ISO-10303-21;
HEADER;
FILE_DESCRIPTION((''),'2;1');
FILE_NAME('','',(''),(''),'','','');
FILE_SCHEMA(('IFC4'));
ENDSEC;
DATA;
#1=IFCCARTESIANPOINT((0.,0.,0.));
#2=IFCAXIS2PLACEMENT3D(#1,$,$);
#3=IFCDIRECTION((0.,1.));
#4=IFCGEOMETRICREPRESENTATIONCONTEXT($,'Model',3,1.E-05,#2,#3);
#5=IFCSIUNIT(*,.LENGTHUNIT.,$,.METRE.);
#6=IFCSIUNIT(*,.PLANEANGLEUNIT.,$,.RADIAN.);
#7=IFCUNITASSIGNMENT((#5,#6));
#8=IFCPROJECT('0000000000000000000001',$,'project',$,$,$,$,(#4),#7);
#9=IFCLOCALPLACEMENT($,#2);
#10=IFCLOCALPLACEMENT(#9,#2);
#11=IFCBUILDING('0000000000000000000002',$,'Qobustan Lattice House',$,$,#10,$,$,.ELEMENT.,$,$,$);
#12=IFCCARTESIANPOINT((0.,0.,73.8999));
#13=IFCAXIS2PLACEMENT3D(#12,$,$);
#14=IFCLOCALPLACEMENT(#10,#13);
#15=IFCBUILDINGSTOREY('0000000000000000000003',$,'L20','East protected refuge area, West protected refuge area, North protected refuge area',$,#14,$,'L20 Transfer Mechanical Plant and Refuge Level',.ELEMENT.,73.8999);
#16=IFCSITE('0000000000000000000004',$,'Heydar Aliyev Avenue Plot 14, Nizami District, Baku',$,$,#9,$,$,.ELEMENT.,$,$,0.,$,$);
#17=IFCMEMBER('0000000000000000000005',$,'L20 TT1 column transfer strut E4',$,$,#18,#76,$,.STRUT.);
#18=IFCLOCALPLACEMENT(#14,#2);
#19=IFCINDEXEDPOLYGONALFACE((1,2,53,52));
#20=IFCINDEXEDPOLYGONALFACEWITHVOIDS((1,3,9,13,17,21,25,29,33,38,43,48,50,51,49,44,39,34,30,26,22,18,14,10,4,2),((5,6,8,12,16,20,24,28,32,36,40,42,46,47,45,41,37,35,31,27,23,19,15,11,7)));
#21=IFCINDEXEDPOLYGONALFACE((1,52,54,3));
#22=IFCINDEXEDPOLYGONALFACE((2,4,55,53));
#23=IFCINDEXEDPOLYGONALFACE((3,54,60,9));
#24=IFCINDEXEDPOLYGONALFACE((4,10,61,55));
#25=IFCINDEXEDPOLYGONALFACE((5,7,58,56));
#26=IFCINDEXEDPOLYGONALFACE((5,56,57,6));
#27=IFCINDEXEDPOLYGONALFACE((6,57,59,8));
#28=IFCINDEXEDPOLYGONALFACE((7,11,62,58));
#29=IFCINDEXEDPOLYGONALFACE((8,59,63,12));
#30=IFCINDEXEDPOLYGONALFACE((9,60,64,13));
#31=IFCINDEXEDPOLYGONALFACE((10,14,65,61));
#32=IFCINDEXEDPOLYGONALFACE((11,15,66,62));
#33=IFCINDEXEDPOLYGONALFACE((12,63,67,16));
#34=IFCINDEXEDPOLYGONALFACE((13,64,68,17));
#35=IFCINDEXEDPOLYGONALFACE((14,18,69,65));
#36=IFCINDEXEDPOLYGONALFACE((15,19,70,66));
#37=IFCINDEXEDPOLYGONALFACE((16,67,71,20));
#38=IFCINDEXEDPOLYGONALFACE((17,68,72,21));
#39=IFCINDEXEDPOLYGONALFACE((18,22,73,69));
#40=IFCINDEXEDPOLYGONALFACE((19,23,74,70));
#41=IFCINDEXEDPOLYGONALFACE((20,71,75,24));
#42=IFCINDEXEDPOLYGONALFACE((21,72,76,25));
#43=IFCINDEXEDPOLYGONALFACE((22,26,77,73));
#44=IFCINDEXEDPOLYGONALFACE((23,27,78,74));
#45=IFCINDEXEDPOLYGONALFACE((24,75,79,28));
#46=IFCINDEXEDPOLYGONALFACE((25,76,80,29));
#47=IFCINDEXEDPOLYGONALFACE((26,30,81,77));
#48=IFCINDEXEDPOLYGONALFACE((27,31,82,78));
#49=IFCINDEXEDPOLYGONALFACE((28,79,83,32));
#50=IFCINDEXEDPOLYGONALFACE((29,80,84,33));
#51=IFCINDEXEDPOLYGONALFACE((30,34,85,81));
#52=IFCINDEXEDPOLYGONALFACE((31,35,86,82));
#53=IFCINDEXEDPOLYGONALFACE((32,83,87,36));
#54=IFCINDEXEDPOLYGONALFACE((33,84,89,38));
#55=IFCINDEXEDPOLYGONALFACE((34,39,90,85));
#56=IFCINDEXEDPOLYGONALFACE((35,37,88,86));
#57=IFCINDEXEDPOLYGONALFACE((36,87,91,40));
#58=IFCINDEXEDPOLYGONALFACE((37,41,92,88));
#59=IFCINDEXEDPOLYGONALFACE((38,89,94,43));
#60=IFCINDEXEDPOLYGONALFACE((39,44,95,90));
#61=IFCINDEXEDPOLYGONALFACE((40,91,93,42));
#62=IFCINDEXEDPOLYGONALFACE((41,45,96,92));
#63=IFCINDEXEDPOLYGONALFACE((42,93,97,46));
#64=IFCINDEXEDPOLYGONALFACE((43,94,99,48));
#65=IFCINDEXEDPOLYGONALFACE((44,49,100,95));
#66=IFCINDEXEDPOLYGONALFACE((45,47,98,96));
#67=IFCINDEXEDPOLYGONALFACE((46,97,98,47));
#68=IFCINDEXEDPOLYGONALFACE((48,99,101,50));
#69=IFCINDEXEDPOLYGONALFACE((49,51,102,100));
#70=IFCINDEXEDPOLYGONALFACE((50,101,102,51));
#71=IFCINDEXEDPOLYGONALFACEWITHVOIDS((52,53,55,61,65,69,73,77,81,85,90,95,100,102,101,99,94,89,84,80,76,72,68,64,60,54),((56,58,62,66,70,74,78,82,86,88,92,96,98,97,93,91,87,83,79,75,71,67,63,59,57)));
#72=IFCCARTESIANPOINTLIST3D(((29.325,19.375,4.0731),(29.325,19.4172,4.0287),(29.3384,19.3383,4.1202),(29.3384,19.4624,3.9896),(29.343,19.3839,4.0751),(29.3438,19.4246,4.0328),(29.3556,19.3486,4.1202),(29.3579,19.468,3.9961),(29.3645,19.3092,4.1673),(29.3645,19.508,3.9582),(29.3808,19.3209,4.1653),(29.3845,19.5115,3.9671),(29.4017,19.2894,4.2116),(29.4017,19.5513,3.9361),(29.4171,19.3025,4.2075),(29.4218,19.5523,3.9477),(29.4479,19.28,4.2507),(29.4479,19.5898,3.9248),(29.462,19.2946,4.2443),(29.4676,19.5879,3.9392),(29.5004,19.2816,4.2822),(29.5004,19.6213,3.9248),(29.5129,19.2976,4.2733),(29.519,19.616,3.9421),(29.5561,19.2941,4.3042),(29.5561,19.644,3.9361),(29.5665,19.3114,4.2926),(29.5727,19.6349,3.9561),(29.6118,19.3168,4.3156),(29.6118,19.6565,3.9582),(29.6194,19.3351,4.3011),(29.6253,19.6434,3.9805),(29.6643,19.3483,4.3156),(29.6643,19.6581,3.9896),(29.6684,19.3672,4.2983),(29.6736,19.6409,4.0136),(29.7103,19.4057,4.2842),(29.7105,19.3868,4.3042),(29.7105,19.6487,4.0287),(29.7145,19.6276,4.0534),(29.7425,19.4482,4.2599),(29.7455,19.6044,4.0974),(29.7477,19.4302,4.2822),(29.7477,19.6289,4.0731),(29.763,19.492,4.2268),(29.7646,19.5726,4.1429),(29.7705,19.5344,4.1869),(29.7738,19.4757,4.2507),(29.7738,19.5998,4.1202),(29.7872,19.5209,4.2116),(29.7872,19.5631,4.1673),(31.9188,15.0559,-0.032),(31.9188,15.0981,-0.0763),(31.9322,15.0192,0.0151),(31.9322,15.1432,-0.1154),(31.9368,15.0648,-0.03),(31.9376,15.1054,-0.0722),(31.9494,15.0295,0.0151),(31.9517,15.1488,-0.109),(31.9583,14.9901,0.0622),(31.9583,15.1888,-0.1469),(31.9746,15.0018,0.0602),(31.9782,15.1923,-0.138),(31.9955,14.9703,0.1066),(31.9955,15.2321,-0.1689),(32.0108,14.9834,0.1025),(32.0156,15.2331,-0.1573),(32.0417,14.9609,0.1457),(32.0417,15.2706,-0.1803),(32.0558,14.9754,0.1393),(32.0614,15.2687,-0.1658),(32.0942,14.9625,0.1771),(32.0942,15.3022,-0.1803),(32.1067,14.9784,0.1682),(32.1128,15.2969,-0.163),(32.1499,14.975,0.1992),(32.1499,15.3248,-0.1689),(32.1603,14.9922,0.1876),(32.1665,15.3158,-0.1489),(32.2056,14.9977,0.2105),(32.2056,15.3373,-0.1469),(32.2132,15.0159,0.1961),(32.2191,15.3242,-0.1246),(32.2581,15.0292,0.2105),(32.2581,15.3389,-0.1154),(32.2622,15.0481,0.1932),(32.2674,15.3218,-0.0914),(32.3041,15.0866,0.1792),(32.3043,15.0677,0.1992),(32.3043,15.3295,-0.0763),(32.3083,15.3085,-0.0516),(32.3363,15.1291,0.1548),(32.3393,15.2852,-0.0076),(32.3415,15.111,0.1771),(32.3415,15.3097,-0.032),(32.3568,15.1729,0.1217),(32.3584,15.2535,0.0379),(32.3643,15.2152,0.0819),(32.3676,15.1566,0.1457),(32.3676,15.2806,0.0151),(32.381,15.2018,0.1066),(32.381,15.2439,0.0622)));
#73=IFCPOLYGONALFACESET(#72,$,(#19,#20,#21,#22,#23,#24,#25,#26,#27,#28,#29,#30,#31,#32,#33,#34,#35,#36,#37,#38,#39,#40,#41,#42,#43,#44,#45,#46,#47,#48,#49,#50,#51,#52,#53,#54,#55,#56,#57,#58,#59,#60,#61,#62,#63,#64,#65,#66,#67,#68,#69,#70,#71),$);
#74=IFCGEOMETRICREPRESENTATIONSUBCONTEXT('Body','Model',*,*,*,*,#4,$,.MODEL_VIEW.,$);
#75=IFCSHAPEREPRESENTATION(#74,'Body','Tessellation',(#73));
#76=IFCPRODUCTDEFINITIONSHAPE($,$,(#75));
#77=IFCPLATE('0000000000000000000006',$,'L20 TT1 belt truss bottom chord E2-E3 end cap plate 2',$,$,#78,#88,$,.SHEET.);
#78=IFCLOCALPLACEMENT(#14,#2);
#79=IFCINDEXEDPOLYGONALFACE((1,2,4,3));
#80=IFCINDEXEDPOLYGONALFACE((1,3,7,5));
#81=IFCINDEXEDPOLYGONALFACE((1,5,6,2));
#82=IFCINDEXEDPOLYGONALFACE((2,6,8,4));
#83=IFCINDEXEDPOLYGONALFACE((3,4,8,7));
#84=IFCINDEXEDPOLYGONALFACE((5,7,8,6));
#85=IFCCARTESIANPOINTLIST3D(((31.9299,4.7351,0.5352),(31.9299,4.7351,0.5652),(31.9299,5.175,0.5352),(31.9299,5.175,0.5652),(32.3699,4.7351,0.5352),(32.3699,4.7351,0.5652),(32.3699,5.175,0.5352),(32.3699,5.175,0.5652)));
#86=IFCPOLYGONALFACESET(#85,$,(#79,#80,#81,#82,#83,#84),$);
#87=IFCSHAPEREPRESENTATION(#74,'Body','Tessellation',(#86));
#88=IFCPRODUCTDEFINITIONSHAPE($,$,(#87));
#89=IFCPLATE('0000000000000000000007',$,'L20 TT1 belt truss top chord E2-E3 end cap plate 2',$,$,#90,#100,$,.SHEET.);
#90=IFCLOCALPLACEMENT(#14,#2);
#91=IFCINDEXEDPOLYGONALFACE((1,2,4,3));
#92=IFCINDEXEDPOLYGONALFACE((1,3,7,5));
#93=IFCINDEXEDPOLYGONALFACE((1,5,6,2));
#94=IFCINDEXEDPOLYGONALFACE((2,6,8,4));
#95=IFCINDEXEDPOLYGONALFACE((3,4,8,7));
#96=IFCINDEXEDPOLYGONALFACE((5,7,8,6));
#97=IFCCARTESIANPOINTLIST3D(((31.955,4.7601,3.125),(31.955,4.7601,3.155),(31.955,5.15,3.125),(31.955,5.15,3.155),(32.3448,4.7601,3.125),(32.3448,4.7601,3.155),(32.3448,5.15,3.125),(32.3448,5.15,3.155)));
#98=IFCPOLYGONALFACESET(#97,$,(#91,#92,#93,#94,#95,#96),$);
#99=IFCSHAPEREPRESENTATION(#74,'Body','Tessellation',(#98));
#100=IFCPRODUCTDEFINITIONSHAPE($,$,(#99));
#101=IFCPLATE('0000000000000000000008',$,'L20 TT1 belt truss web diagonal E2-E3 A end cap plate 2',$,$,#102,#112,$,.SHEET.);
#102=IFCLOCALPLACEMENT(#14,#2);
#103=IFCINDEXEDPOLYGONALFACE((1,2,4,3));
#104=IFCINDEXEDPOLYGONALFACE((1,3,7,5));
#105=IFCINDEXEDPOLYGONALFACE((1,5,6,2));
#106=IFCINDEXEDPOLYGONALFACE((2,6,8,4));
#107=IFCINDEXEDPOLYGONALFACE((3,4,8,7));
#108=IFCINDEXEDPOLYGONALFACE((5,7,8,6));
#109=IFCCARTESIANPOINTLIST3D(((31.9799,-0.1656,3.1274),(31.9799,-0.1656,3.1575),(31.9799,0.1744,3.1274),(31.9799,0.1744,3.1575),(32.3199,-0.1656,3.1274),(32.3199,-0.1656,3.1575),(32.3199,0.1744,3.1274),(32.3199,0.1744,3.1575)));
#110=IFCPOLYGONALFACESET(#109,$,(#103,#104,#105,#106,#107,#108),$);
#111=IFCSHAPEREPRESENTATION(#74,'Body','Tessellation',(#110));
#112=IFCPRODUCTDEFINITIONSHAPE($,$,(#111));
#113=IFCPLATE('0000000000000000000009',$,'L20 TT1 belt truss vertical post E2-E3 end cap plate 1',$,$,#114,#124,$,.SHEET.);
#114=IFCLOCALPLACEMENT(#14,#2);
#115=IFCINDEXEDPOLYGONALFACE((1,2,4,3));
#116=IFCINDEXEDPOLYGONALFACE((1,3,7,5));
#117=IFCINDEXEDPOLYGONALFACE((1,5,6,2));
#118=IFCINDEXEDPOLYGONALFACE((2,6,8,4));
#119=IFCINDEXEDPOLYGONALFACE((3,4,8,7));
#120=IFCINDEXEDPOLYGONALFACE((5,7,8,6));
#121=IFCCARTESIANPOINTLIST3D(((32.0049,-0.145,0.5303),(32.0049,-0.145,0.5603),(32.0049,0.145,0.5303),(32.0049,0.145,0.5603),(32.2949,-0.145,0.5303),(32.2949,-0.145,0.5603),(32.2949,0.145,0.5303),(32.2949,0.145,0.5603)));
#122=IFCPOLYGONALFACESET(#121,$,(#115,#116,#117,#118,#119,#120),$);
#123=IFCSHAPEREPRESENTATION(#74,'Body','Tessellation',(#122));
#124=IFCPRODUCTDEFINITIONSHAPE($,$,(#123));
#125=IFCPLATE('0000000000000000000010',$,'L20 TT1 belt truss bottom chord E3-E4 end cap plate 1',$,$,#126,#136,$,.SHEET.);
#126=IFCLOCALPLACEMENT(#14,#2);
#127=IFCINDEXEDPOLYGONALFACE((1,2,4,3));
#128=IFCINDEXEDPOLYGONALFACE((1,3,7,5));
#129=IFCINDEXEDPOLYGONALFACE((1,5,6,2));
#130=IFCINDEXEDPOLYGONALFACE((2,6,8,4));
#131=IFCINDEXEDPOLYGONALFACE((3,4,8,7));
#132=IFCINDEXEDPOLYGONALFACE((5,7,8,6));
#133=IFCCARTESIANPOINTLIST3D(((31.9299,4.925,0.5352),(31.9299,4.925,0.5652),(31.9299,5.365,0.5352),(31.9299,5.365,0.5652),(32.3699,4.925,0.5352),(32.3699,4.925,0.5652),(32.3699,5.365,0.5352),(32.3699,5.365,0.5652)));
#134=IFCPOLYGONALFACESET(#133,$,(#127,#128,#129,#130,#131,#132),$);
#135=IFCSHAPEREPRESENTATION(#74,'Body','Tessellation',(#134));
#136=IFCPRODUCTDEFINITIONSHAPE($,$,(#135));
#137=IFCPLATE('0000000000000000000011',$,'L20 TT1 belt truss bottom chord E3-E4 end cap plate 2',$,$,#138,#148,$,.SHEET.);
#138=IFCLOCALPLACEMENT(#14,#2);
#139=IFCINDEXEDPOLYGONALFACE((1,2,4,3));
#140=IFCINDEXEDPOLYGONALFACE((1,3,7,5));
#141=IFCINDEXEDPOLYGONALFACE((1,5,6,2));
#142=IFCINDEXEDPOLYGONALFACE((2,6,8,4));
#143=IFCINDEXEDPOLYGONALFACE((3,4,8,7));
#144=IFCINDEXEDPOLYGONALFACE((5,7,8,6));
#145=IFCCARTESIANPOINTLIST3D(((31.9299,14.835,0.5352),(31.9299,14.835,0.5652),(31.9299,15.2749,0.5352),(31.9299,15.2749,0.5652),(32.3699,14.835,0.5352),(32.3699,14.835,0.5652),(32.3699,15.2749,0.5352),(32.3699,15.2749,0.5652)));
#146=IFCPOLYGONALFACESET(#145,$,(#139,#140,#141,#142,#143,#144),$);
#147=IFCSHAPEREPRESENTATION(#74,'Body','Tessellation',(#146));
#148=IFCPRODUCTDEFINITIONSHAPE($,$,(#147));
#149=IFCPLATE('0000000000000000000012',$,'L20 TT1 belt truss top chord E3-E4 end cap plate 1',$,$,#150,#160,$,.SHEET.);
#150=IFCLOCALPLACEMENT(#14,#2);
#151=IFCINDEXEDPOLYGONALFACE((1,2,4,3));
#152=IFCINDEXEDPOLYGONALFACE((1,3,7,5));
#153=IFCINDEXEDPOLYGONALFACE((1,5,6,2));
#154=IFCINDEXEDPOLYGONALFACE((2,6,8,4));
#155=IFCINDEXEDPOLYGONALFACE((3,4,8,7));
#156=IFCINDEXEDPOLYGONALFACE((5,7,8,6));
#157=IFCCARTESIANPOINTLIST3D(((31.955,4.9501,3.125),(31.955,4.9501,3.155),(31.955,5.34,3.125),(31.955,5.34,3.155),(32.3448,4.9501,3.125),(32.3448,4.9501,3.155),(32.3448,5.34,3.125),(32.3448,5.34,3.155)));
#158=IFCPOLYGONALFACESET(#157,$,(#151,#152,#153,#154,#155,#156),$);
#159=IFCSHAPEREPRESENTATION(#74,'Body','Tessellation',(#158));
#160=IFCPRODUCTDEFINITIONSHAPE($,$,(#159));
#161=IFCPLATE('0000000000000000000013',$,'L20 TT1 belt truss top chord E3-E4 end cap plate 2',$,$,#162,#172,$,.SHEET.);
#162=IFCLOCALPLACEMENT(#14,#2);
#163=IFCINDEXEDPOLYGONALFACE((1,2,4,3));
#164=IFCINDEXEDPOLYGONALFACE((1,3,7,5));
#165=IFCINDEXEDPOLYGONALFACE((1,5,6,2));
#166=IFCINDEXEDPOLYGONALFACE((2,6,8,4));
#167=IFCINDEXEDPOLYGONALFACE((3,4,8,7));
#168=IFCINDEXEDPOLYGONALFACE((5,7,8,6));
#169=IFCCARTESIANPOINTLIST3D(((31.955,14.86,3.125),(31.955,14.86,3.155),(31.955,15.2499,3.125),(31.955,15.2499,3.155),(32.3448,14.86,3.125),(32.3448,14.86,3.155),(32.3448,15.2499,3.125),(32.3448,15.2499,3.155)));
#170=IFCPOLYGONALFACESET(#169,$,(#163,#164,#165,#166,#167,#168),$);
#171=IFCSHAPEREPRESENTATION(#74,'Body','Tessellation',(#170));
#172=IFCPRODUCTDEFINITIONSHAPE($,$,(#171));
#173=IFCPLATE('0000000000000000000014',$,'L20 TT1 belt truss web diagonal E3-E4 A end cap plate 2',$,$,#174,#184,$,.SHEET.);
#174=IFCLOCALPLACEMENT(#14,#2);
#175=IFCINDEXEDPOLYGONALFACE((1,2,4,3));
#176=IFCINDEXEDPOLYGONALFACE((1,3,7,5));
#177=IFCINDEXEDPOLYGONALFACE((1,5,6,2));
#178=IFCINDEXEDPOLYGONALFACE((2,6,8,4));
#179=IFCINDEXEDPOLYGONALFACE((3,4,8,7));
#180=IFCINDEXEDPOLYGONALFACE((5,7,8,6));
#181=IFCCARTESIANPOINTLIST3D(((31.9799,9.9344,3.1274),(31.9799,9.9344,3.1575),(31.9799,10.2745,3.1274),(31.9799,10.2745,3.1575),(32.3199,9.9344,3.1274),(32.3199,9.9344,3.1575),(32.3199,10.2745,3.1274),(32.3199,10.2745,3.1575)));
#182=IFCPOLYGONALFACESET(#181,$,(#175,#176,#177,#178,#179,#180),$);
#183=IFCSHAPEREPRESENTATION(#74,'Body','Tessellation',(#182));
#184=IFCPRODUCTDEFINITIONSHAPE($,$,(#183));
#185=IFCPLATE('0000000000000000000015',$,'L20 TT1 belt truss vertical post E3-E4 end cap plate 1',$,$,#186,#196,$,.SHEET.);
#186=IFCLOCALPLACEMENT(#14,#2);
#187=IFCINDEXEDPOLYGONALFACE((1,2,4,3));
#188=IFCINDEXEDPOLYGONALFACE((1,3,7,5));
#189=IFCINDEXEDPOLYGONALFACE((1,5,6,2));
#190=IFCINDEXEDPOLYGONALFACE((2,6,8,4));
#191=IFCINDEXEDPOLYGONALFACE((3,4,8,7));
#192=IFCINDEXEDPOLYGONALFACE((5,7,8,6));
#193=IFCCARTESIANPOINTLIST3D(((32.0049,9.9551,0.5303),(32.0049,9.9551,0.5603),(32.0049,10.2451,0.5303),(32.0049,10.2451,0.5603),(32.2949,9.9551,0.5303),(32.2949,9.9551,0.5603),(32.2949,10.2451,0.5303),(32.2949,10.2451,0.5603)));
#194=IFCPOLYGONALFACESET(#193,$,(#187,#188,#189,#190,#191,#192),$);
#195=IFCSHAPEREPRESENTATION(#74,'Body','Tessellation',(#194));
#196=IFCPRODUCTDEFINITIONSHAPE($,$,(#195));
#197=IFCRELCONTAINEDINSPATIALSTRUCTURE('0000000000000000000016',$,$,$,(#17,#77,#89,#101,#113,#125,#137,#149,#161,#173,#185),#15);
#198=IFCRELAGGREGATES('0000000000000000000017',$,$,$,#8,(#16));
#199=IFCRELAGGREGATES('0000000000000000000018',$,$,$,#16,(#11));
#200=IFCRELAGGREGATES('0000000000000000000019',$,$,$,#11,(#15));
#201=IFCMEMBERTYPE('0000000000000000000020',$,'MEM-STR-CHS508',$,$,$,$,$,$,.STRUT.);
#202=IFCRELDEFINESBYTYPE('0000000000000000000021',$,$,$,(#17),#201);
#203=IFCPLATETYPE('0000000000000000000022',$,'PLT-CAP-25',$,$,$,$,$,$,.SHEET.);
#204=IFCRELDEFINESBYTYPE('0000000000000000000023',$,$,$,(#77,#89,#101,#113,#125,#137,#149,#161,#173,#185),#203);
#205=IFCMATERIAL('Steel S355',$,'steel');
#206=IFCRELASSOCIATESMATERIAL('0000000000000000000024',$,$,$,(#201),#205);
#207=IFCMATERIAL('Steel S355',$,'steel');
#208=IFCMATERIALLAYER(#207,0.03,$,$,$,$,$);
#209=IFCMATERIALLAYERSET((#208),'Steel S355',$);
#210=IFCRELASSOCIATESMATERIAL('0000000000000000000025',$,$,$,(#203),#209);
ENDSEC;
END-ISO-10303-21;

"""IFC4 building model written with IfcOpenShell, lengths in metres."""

from ifc_helpers import new_model, si_unit, direction, frame, origin, origin_2d, place, context, subcontext, project, spatial, rectangle, hollow_circle, extrude, material, layer, layer_set, material_profile, profile_set, type_object, element, save


model = new_model("IFC4")

# Units and contexts
model_context = context("Model", 3, precision=1e-05, world=origin(), true_north=direction((0.0, 1.0)))
body_context = subcontext(model_context, "Body", "Model", "MODEL_VIEW")
ifc_project = project(units=[si_unit("LENGTHUNIT", "METRE"), si_unit("PLANEANGLEUNIT", "RADIAN")], contexts=[model_context])

# Site, building, storey
site_placement = place(None, origin())
site = spatial("IfcSite", under=ifc_project, at=site_placement, Name="Heydar Aliyev Avenue Plot 14, Nizami District, Baku", CompositionType="ELEMENT", RefElevation=0.0)
building_placement = place(site_placement, origin())
building = spatial("IfcBuilding", under=site, at=building_placement, Name="Qobustan Lattice House", CompositionType="ELEMENT")
storey_placement = place(building_placement, frame((0.0, 0.0, 73.8999)))
storey = spatial("IfcBuildingStorey", under=building, at=storey_placement, Name="L20", Description="East protected refuge area, West protected refuge area, North protected refuge area", LongName="L20 Transfer Mechanical Plant and Refuge Level", CompositionType="ELEMENT", Elevation=73.8999)

# Member
ifc_material_1 = material(Name="Steel S355", Category="steel")
ifc_material_profile_1 = material_profile(ifc_material_1, hollow_circle(Radius=0.2539, WallThickness=0.02, at=origin_2d()), Name="CHS508x20")
ifc_profile_set_1 = profile_set([ifc_material_profile_1], Name="Steel S355")
member_type_1 = type_object("IfcMemberType", Name="MEM-STR-CHS508", PredefinedType="STRUT", material=ifc_profile_set_1)
member_1_placement = place(storey_placement, frame((32.1499, 15.1499, 0.0151), z_axis=(-0.399119, 0.66461, 0.631663), x_axis=(-0.857292, -0.514831, 0.0)))
element("IfcMember", 1, at=member_1_placement, inside=storey, type_object=member_type_1, Name="L20 TT1 column transfer strut E4", PredefinedType="STRUT", context=body_context, shape_type="SweptSolid", body=[
    extrude(hollow_circle(Radius=0.2539, WallThickness=0.02, at=origin_2d()), origin(), (0.0, 0.0, 1.0), 6.4988),
])

# Plates
ifc_material_2 = material(Name="Steel S355", Category="steel")
ifc_layer_1 = layer(ifc_material_2, 0.03)
ifc_layer_set_1 = layer_set([ifc_layer_1], Name="Steel S355")
plate_type = type_object("IfcPlateType", Name="PLT-CAP-25", PredefinedType="SHEET", material=ifc_layer_set_1)
plate_1_placement = place(storey_placement, frame((32.1499, 4.9551, 0.5352), z_axis=(0.0, 0.0, 1.0), x_axis=(0.0, 1.0, 0.0)))
element("IfcPlate", 2, at=plate_1_placement, inside=storey, type_object=plate_type, Name="L20 TT1 belt truss bottom chord E2-E3 end cap plate 2", PredefinedType="SHEET", context=body_context, shape_type="SweptSolid", body=[
    extrude(rectangle(XDim=0.4399, YDim=0.4399, at=origin_2d()), origin(), (0.0, 0.0, 1.0), 0.03),
])
plate_2_placement = place(storey_placement, frame((32.1499, 4.9551, 3.125), z_axis=(0.0, 0.0, 1.0), x_axis=(0.0, 1.0, 0.0)))
element("IfcPlate", 3, at=plate_2_placement, inside=storey, type_object=plate_type, Name="L20 TT1 belt truss top chord E2-E3 end cap plate 2", PredefinedType="SHEET", context=body_context, shape_type="SweptSolid", body=[
    extrude(rectangle(XDim=0.3899, YDim=0.3899, at=origin_2d()), origin(), (0.0, 0.0, 1.0), 0.03),
])
plate_3_placement = place(storey_placement, frame((32.1499, 0.0044, 3.1274), z_axis=(0.0, 0.0, 1.0), x_axis=(0.0, 1.0, 0.0)))
element("IfcPlate", 4, at=plate_3_placement, inside=storey, type_object=plate_type, Name="L20 TT1 belt truss web diagonal E2-E3 A end cap plate 2", PredefinedType="SHEET", context=body_context, shape_type="SweptSolid", body=[
    extrude(rectangle(XDim=0.3401, YDim=0.3401, at=origin_2d()), origin(), (0.0, 0.0, 1.0), 0.03),
])
plate_4_placement = place(storey_placement, frame((32.1499, 0.0, 0.5303), z_axis=(0.0, 0.0, 1.0), x_axis=(1.0, 0.0, 0.0)))
element("IfcPlate", 5, at=plate_4_placement, inside=storey, type_object=plate_type, Name="L20 TT1 belt truss vertical post E2-E3 end cap plate 1", PredefinedType="SHEET", context=body_context, shape_type="SweptSolid", body=[
    extrude(rectangle(XDim=0.29, YDim=0.29, at=origin_2d()), origin(), (0.0, 0.0, 1.0), 0.03),
])
for number, where, z_axis, x_axis, name in (
    (6, (32.1499, 5.145, 0.5352), (0.0, 0.0, 1.0), (0.0, 1.0, 0.0), "L20 TT1 belt truss bottom chord E3-E4 end cap plate 1"),
    (7, (32.1499, 15.0549, 0.5352), (0.0, 0.0, 1.0), (0.0, 1.0, 0.0), "L20 TT1 belt truss bottom chord E3-E4 end cap plate 2"),
):
    element("IfcPlate", number, at=place(storey_placement, frame(where, z_axis=z_axis, x_axis=x_axis)), inside=storey, type_object=plate_type, Name=name, PredefinedType="SHEET", context=body_context, shape_type="SweptSolid", body=[
        extrude(rectangle(XDim=0.4399, YDim=0.4399, at=origin_2d()), origin(), (0.0, 0.0, 1.0), 0.03),
    ])
for number, where, z_axis, x_axis, name in (
    (8, (32.1499, 5.145, 3.125), (0.0, 0.0, 1.0), (0.0, 1.0, 0.0), "L20 TT1 belt truss top chord E3-E4 end cap plate 1"),
    (9, (32.1499, 15.0549, 3.125), (0.0, 0.0, 1.0), (0.0, 1.0, 0.0), "L20 TT1 belt truss top chord E3-E4 end cap plate 2"),
):
    element("IfcPlate", number, at=place(storey_placement, frame(where, z_axis=z_axis, x_axis=x_axis)), inside=storey, type_object=plate_type, Name=name, PredefinedType="SHEET", context=body_context, shape_type="SweptSolid", body=[
        extrude(rectangle(XDim=0.3899, YDim=0.3899, at=origin_2d()), origin(), (0.0, 0.0, 1.0), 0.03),
    ])
plate_5_placement = place(storey_placement, frame((32.1499, 10.1045, 3.1274), z_axis=(0.0, 0.0, 1.0), x_axis=(0.0, 1.0, 0.0)))
element("IfcPlate", 10, at=plate_5_placement, inside=storey, type_object=plate_type, Name="L20 TT1 belt truss web diagonal E3-E4 A end cap plate 2", PredefinedType="SHEET", context=body_context, shape_type="SweptSolid", body=[
    extrude(rectangle(XDim=0.3401, YDim=0.3401, at=origin_2d()), origin(), (0.0, 0.0, 1.0), 0.03),
])
plate_6_placement = place(storey_placement, frame((32.1499, 10.1001, 0.5303), z_axis=(0.0, 0.0, 1.0), x_axis=(1.0, 0.0, 0.0)))
element("IfcPlate", 11, at=plate_6_placement, inside=storey, type_object=plate_type, Name="L20 TT1 belt truss vertical post E3-E4 end cap plate 1", PredefinedType="SHEET", context=body_context, shape_type="SweptSolid", body=[
    extrude(rectangle(XDim=0.29, YDim=0.29, at=origin_2d()), origin(), (0.0, 0.0, 1.0), 0.03),
])

save(model, "model.ifc")
